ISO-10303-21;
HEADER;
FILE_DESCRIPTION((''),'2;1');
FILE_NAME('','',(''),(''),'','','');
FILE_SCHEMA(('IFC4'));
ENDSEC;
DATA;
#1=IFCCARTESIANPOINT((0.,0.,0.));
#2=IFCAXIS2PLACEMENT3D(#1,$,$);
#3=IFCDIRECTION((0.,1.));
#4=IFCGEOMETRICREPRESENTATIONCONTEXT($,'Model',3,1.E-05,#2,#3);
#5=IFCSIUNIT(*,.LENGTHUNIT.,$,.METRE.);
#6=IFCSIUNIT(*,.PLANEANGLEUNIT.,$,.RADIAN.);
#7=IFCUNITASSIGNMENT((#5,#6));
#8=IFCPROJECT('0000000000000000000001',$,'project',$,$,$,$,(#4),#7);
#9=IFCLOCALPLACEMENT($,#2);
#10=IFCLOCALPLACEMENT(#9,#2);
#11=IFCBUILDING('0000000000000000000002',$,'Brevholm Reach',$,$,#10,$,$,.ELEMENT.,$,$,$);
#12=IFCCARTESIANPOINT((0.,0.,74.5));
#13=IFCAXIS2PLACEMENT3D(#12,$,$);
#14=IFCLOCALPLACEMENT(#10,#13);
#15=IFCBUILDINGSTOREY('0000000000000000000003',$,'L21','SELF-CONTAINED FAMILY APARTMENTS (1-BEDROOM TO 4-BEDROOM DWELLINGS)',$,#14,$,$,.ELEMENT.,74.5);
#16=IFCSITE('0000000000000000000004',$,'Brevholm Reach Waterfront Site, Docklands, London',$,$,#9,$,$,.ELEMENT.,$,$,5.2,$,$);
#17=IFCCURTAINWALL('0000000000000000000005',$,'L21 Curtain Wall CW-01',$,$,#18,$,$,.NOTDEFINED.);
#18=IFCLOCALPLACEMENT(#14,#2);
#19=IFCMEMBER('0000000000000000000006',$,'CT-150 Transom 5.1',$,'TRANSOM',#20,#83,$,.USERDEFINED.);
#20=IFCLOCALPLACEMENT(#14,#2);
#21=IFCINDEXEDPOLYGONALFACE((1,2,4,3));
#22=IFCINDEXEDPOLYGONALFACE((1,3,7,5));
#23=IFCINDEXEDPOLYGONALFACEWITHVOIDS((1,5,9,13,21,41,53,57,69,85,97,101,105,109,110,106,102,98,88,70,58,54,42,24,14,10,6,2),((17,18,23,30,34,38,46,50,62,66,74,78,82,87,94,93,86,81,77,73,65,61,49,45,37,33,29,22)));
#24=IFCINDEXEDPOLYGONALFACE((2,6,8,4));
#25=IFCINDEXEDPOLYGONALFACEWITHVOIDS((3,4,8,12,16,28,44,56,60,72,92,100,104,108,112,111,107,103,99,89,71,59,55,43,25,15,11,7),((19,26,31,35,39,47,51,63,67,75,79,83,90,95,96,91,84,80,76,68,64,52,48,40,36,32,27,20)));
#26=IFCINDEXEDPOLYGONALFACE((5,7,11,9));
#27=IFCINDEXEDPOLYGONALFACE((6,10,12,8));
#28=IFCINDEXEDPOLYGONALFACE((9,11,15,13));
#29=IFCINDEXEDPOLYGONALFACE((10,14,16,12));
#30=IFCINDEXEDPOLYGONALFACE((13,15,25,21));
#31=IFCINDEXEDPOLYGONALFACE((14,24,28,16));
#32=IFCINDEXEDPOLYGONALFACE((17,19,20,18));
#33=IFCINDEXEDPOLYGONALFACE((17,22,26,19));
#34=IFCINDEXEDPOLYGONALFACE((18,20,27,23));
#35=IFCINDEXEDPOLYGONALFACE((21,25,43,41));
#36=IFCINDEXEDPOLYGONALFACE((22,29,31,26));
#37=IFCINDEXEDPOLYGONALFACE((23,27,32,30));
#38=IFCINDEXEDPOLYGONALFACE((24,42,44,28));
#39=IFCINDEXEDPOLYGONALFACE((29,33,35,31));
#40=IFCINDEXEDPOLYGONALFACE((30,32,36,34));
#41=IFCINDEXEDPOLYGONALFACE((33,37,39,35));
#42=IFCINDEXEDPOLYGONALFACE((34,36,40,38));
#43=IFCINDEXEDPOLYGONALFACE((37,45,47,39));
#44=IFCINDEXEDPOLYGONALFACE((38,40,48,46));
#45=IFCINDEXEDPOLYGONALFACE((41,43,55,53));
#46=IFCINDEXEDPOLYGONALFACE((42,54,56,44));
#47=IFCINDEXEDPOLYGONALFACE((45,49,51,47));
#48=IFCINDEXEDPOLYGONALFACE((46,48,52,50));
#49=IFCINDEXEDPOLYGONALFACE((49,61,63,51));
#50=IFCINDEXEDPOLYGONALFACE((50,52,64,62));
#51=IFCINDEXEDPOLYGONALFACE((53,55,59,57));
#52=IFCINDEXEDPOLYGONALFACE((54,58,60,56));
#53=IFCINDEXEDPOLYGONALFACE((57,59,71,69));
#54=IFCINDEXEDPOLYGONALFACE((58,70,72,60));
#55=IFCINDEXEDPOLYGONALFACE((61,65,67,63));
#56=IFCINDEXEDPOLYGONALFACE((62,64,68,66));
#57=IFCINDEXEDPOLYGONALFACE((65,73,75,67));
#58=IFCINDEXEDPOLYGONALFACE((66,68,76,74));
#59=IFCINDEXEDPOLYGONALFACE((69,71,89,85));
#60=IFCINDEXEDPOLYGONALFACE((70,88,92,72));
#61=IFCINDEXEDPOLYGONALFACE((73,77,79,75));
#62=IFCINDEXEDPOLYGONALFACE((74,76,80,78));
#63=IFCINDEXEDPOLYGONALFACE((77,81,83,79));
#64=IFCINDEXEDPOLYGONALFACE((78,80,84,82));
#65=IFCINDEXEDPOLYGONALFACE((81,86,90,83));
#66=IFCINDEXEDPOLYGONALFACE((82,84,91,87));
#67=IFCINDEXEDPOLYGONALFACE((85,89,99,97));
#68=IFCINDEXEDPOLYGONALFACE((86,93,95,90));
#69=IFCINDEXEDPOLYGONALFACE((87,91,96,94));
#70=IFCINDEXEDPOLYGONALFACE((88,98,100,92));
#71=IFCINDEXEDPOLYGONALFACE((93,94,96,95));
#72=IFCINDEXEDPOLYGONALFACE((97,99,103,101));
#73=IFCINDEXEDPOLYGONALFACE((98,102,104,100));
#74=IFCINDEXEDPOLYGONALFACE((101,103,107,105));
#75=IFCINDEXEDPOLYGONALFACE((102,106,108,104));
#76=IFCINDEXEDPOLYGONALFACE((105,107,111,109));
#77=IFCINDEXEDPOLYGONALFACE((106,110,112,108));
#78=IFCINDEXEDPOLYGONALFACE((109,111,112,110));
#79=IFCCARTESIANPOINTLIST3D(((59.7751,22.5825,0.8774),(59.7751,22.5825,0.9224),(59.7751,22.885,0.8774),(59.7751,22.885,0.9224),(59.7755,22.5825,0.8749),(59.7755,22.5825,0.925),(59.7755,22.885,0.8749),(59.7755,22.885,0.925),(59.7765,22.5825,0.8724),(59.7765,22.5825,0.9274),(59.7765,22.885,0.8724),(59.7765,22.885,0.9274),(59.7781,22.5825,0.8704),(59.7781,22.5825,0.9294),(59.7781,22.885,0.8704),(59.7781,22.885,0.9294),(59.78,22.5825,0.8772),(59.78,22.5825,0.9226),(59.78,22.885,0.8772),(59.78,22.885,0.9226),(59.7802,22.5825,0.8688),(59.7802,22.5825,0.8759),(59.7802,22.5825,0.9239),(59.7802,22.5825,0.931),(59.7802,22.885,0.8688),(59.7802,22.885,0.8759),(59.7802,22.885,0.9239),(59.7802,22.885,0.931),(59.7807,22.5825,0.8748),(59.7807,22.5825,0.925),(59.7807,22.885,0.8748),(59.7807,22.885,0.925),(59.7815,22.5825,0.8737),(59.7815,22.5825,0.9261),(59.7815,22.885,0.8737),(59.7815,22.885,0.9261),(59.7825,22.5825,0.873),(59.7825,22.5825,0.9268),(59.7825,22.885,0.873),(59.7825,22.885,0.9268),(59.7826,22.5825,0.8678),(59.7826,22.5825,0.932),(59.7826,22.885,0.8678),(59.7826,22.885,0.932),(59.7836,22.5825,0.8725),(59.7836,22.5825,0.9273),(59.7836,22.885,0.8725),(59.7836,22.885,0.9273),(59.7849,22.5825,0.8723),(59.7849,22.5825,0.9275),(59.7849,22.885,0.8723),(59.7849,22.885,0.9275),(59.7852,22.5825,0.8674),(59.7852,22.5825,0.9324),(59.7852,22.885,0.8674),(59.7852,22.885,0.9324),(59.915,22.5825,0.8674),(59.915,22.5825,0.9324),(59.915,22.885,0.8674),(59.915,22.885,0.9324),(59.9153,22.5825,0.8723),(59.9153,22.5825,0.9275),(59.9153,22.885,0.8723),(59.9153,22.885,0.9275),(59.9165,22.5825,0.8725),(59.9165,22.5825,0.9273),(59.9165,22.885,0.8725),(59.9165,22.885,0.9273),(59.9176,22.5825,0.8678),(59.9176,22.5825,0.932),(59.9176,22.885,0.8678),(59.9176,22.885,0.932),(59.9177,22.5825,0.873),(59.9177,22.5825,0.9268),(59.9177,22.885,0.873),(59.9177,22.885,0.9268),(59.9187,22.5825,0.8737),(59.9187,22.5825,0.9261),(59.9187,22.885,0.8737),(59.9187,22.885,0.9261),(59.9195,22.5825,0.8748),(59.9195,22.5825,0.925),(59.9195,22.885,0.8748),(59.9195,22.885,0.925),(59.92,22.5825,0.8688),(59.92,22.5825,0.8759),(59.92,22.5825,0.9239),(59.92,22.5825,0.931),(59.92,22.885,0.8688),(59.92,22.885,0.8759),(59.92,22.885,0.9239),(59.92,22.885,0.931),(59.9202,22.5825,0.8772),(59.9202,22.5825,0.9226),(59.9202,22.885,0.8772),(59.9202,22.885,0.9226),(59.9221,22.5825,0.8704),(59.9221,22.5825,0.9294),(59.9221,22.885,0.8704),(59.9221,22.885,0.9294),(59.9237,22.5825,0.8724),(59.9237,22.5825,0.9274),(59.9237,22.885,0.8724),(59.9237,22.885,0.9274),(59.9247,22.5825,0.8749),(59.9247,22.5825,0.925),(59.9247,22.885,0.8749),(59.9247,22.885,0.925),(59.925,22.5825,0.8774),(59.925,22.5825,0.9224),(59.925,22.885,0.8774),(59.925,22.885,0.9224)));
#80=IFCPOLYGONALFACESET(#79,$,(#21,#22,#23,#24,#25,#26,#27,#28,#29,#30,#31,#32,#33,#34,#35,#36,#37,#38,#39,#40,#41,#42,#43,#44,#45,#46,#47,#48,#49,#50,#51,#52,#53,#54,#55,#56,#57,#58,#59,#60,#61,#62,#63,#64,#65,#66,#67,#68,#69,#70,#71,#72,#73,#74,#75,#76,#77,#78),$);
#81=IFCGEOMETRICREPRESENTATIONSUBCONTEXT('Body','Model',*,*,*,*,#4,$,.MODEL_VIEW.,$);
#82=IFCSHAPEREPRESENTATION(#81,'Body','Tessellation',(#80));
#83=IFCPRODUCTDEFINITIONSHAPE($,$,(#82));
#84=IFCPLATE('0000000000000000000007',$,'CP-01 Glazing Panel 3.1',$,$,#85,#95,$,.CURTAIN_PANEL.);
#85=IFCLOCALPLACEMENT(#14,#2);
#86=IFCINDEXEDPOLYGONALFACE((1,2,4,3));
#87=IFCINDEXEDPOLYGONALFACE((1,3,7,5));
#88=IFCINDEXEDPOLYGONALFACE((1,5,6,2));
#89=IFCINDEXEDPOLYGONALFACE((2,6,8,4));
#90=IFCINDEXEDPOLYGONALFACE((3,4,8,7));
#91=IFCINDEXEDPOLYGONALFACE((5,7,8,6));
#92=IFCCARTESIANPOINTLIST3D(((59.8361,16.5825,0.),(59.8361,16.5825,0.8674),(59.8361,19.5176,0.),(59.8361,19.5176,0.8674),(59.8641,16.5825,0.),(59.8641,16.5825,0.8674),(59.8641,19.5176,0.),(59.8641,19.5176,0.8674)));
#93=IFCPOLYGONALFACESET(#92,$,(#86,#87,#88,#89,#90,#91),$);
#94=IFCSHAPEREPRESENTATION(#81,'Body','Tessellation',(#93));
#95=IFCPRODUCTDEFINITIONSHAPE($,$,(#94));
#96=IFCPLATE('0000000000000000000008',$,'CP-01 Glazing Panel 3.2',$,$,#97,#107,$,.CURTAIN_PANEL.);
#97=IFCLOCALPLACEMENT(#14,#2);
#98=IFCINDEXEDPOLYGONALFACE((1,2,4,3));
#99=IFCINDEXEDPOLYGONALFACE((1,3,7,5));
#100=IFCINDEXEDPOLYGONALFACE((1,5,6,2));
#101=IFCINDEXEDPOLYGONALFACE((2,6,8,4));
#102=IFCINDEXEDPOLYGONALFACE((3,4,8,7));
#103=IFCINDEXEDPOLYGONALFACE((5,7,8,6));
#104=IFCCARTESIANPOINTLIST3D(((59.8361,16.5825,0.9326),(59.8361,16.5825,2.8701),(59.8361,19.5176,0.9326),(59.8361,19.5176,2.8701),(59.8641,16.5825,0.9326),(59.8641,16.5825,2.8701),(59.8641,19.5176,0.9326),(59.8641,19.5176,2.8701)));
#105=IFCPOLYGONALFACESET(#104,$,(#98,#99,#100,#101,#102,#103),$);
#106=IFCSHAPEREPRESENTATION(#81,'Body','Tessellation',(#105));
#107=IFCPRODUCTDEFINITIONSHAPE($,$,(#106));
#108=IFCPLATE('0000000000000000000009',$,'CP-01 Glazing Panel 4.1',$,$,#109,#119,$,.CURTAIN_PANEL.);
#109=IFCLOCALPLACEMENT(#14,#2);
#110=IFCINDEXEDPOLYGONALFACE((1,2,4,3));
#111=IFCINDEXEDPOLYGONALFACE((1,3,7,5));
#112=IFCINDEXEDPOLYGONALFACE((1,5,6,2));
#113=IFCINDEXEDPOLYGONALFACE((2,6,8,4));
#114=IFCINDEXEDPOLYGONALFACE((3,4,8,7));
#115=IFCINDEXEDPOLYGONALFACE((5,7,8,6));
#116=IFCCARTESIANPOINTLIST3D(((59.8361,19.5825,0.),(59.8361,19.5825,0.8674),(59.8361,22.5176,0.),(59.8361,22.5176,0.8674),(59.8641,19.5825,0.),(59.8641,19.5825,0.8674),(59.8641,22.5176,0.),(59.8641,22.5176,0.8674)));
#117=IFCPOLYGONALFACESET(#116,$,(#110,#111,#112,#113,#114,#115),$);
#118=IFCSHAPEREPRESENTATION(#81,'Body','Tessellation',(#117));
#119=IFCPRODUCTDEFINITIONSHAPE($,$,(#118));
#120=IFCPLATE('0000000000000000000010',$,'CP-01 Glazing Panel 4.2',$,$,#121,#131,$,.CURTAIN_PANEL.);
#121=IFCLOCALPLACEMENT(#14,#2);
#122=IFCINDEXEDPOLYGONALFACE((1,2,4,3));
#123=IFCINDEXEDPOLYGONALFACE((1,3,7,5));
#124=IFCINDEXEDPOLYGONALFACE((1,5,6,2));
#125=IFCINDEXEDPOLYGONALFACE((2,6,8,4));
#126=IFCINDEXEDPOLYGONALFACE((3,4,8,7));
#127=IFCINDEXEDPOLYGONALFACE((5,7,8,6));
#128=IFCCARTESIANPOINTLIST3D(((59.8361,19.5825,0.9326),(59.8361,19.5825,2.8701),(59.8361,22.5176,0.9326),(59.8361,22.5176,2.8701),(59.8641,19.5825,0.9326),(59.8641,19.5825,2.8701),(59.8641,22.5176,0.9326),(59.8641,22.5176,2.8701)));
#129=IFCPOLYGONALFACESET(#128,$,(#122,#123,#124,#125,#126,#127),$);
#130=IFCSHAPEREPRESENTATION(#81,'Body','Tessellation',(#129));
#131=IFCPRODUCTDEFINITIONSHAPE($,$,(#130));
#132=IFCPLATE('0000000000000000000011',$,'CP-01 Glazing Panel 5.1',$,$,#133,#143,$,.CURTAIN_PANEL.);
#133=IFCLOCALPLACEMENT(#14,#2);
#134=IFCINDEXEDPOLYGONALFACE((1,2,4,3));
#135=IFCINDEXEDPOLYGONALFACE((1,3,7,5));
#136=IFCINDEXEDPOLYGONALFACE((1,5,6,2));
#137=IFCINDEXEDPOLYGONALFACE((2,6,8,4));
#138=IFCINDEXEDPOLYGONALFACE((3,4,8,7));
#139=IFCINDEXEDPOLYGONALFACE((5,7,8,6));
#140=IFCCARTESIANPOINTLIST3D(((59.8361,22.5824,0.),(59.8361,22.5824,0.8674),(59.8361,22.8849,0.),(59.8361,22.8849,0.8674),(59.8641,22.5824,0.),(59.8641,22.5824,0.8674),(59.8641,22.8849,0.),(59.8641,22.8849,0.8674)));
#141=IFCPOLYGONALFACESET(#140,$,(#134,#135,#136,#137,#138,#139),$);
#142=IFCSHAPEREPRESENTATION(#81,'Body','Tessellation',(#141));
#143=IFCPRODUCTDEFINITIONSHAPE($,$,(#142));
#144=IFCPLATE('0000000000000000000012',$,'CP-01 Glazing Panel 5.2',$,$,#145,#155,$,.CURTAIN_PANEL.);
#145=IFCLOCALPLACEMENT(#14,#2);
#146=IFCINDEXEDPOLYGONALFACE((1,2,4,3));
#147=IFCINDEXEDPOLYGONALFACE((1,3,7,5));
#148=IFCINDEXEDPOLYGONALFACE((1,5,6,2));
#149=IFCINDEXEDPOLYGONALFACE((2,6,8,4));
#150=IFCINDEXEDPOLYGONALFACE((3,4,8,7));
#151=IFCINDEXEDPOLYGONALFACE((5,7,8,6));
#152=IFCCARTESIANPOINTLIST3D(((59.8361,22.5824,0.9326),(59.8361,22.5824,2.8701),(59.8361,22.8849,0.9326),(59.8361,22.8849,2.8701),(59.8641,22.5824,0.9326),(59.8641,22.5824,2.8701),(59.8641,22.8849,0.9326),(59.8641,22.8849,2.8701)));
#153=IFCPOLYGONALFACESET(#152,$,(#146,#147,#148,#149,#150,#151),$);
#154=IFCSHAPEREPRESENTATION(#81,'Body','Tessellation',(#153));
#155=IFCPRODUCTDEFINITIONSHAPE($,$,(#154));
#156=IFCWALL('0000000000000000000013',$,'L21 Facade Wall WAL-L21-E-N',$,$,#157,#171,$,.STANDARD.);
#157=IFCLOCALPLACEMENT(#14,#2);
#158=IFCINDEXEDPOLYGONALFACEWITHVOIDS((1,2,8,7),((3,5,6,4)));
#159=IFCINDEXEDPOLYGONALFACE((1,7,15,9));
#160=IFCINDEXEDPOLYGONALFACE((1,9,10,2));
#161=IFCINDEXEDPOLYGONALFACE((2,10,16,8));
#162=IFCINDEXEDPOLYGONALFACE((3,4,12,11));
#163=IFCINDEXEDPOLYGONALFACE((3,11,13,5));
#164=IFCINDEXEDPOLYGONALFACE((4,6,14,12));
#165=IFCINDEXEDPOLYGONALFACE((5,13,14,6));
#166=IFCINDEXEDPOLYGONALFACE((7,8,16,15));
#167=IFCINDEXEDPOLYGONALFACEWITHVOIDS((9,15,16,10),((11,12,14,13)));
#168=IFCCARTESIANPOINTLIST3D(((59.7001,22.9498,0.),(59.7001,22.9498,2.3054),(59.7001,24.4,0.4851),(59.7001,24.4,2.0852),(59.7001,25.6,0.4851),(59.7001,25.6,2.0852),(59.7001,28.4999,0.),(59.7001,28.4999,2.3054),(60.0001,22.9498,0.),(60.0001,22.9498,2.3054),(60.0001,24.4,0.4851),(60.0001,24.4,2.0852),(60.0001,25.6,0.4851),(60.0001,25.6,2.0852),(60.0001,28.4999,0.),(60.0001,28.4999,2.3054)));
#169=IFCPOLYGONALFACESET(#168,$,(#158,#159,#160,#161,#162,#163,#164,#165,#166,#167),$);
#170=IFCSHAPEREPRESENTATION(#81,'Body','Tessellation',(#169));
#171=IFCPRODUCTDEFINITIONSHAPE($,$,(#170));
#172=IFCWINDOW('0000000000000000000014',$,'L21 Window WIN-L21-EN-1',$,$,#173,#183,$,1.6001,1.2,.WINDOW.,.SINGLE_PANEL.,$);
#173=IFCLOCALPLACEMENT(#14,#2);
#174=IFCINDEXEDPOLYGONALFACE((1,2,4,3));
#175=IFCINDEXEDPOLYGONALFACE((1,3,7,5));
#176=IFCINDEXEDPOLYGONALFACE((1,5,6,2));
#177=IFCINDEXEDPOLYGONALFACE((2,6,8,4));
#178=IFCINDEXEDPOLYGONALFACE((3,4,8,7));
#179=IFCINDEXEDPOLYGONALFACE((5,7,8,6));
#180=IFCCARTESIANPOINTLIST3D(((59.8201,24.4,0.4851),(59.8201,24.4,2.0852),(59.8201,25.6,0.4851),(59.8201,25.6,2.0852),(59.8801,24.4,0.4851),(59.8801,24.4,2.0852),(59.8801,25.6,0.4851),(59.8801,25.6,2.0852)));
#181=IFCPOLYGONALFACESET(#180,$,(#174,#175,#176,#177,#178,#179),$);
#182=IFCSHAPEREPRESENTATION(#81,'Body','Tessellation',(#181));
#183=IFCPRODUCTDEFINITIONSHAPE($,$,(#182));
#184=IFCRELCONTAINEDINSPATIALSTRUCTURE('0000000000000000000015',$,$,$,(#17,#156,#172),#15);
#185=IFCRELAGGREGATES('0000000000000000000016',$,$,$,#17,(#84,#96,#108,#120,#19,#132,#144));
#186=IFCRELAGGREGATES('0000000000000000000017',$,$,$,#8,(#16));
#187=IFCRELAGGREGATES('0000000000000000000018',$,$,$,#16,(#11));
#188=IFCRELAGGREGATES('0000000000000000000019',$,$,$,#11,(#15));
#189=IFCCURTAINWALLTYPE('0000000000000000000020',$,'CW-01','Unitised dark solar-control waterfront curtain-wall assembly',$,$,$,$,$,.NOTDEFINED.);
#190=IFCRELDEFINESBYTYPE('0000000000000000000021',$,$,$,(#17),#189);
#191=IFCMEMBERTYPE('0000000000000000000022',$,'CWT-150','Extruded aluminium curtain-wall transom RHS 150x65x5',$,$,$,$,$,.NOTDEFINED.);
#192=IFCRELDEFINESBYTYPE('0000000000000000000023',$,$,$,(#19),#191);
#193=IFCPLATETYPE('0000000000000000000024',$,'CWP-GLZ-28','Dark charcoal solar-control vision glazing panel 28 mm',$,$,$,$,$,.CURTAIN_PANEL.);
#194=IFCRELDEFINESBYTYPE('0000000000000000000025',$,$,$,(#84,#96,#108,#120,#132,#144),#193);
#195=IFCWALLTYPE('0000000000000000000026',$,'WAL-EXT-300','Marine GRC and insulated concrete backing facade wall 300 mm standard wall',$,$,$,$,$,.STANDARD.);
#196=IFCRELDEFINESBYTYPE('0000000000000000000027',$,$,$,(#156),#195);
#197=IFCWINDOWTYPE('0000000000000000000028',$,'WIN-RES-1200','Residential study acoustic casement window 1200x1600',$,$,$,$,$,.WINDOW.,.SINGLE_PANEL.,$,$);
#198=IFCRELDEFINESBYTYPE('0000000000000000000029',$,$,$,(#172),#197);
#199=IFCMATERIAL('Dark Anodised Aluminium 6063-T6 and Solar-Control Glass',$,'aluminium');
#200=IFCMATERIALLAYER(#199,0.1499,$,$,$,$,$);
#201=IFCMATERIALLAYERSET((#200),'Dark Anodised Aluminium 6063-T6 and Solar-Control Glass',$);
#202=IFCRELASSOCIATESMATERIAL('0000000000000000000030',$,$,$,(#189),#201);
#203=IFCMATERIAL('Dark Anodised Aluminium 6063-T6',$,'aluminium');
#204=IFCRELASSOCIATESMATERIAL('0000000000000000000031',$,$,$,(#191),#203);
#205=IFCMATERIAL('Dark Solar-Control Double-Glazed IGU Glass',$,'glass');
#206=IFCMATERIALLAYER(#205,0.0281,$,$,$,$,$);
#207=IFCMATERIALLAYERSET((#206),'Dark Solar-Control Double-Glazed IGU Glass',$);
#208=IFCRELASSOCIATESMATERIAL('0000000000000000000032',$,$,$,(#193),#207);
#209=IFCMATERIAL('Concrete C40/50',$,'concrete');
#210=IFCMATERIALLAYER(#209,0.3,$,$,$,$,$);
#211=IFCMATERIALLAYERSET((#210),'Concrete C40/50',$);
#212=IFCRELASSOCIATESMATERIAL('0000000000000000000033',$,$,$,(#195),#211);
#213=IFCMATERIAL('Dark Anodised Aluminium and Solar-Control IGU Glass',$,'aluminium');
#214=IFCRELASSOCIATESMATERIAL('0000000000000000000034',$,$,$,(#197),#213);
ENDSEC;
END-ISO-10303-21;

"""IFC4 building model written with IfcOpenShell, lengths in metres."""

from ifc_helpers import new_model, si_unit, direction, frame, frame_2d, origin, origin_2d, place, context, subcontext, project, spatial, rectangle, hollow_rectangle, extrude, material, layer, layer_set, material_profile, profile_set, type_object, element, fill, aggregate, save


model = new_model("IFC4")

# Units and contexts
model_context = context("Model", 3, precision=1e-05, world=origin(), true_north=direction((0.0, 1.0)))
body_context = subcontext(model_context, "Body", "Model", "MODEL_VIEW")
ifc_project = project(units=[si_unit("LENGTHUNIT", "METRE"), si_unit("PLANEANGLEUNIT", "RADIAN")], contexts=[model_context])

# Site, building, storey
site_placement = place(None, origin())
site = spatial("IfcSite", under=ifc_project, at=site_placement, Name="Brevholm Reach Waterfront Site, Docklands, London", CompositionType="ELEMENT", RefElevation=5.2)
building_placement = place(site_placement, origin())
building = spatial("IfcBuilding", under=site, at=building_placement, Name="Brevholm Reach", CompositionType="ELEMENT")
storey_placement = place(building_placement, frame((0.0, 0.0, 74.5)))
storey = spatial("IfcBuildingStorey", under=building, at=storey_placement, Name="L21", Description="SELF-CONTAINED FAMILY APARTMENTS (1-BEDROOM TO 4-BEDROOM DWELLINGS)", CompositionType="ELEMENT", Elevation=74.5)

# Curtain wall, member, plates
ifc_material_1 = material(Name="Dark Anodised Aluminium 6063-T6 and Solar-Control Glass", Category="aluminium")
ifc_layer_1 = layer(ifc_material_1, 0.1499)
ifc_layer_set_1 = layer_set([ifc_layer_1], Name="Dark Anodised Aluminium 6063-T6 and Solar-Control Glass")
curtain_wall_type = type_object("IfcCurtainWallType", Name="CW-01", Description="Unitised dark solar-control waterfront curtain-wall assembly", PredefinedType="NOTDEFINED", material=ifc_layer_set_1)
curtain_wall_placement = place(storey_placement, origin())
curtain_wall = element("IfcCurtainWall", 1, at=curtain_wall_placement, inside=storey, type_object=curtain_wall_type, Name="L21 Curtain Wall CW-01", PredefinedType="NOTDEFINED")
ifc_material_2 = material(Name="Dark Anodised Aluminium 6063-T6", Category="aluminium")
ifc_material_profile_1 = material_profile(ifc_material_2, hollow_rectangle(XDim=0.0649, YDim=0.1499, WallThickness=0.0049, InnerFilletRadius=0.0049, OuterFilletRadius=0.01, at=origin_2d()), Name="RHS 150x65x5")
ifc_profile_set_1 = profile_set([ifc_material_profile_1], Name="Dark Anodised Aluminium 6063-T6")
member_type_1 = type_object("IfcMemberType", Name="CWT-150", Description="Extruded aluminium curtain-wall transom RHS 150x65x5", PredefinedType="NOTDEFINED", material=ifc_profile_set_1)
member_1_placement = place(storey_placement, frame((59.8501, 22.5825, 0.8999), z_axis=(0.0, 1.0, 0.0), x_axis=(0.0, 0.0, 1.0)))
member_1 = element("IfcMember", 2, at=member_1_placement, type_object=member_type_1, Name="CT-150 Transom 5.1", ObjectType="TRANSOM", PredefinedType="USERDEFINED", context=body_context, shape_type="SweptSolid", body=[
    extrude(hollow_rectangle(XDim=0.0649, YDim=0.1499, WallThickness=0.0049, InnerFilletRadius=0.0049, OuterFilletRadius=0.01, at=origin_2d()), origin(), (0.0, 0.0, 1.0), 0.3025),
])
ifc_material_3 = material(Name="Dark Solar-Control Double-Glazed IGU Glass", Category="glass")
ifc_layer_2 = layer(ifc_material_3, 0.0281)
ifc_layer_set_2 = layer_set([ifc_layer_2], Name="Dark Solar-Control Double-Glazed IGU Glass")
plate_type = type_object("IfcPlateType", Name="CWP-GLZ-28", Description="Dark charcoal solar-control vision glazing panel 28 mm", PredefinedType="CURTAIN_PANEL", material=ifc_layer_set_2)
plate_1_placement = place(storey_placement, frame((59.8501, 18.05, 0.0), z_axis=(0.0, 0.0, 1.0), x_axis=(0.0, 1.0, 0.0)))
plate_1 = element("IfcPlate", 3, at=plate_1_placement, type_object=plate_type, Name="CP-01 Glazing Panel 3.1", PredefinedType="CURTAIN_PANEL", context=body_context, shape_type="SweptSolid", body=[
    extrude(rectangle(XDim=2.9351, YDim=0.0281, at=origin_2d()), origin(), (0.0, 0.0, 1.0), 0.8674),
])
plate_2_placement = place(storey_placement, frame((59.8501, 18.05, 0.9326), z_axis=(0.0, 0.0, 1.0), x_axis=(0.0, 1.0, 0.0)))
plate_2 = element("IfcPlate", 4, at=plate_2_placement, type_object=plate_type, Name="CP-01 Glazing Panel 3.2", PredefinedType="CURTAIN_PANEL", context=body_context, shape_type="SweptSolid", body=[
    extrude(rectangle(XDim=2.9351, YDim=0.0281, at=origin_2d()), origin(), (0.0, 0.0, 1.0), 1.9375),
])
plate_3_placement = place(storey_placement, frame((59.8501, 21.05, 0.0), z_axis=(0.0, 0.0, 1.0), x_axis=(0.0, 1.0, 0.0)))
plate_3 = element("IfcPlate", 5, at=plate_3_placement, type_object=plate_type, Name="CP-01 Glazing Panel 4.1", PredefinedType="CURTAIN_PANEL", context=body_context, shape_type="SweptSolid", body=[
    extrude(rectangle(XDim=2.9351, YDim=0.0281, at=origin_2d()), origin(), (0.0, 0.0, 1.0), 0.8674),
])
plate_4_placement = place(storey_placement, frame((59.8501, 21.05, 0.9326), z_axis=(0.0, 0.0, 1.0), x_axis=(0.0, 1.0, 0.0)))
plate_4 = element("IfcPlate", 6, at=plate_4_placement, type_object=plate_type, Name="CP-01 Glazing Panel 4.2", PredefinedType="CURTAIN_PANEL", context=body_context, shape_type="SweptSolid", body=[
    extrude(rectangle(XDim=2.9351, YDim=0.0281, at=origin_2d()), origin(), (0.0, 0.0, 1.0), 1.9375),
])
plate_5_placement = place(storey_placement, frame((59.8501, 22.7336, 0.0), z_axis=(0.0, 0.0, 1.0), x_axis=(0.0, 1.0, 0.0)))
plate_5 = element("IfcPlate", 7, at=plate_5_placement, type_object=plate_type, Name="CP-01 Glazing Panel 5.1", PredefinedType="CURTAIN_PANEL", context=body_context, shape_type="SweptSolid", body=[
    extrude(rectangle(XDim=0.3025, YDim=0.0281, at=origin_2d()), origin(), (0.0, 0.0, 1.0), 0.8674),
])
plate_6_placement = place(storey_placement, frame((59.8501, 22.7336, 0.9326), z_axis=(0.0, 0.0, 1.0), x_axis=(0.0, 1.0, 0.0)))
plate_6 = element("IfcPlate", 8, at=plate_6_placement, type_object=plate_type, Name="CP-01 Glazing Panel 5.2", PredefinedType="CURTAIN_PANEL", context=body_context, shape_type="SweptSolid", body=[
    extrude(rectangle(XDim=0.3025, YDim=0.0281, at=origin_2d()), origin(), (0.0, 0.0, 1.0), 1.9375),
])
aggregate(curtain_wall, [plate_1, plate_2, plate_3, plate_4, member_1, plate_5, plate_6])

# Wall, opening, window
ifc_material_4 = material(Name="Concrete C40/50", Category="concrete")
ifc_layer_3 = layer(ifc_material_4, 0.3)
ifc_layer_set_3 = layer_set([ifc_layer_3], Name="Concrete C40/50")
wall_type_1 = type_object("IfcWallType", Name="WAL-EXT-300", Description="Marine GRC and insulated concrete backing facade wall 300 mm standard wall", PredefinedType="STANDARD", material=ifc_layer_set_3)
wall_1_placement = place(storey_placement, frame((59.8501, 22.95, 0.0), z_axis=(0.0, 0.0, 1.0), x_axis=(0.0, 1.0, 0.0)))
wall_1 = element("IfcWall", 9, at=wall_1_placement, inside=storey, type_object=wall_type_1, Name="L21 Facade Wall WAL-L21-E-N", PredefinedType="STANDARD", context=body_context, shape_type="SweptSolid", body=[
    extrude(rectangle(XDim=5.55, YDim=0.3, at=frame_2d((2.7749, 0.0))), origin(), (0.0, 0.0, 1.0), 2.3054),
])
opening_1_placement = place(wall_1_placement, frame((1.45, 0.0, 0.4851)))
opening_1 = element("IfcOpeningElement", 10, at=opening_1_placement, cuts=wall_1, PredefinedType="OPENING", context=body_context, shape_type="SweptSolid", body=[
    extrude(rectangle(XDim=1.2, YDim=1.6001, at=frame_2d((0.6001, 0.8))), frame((0.0, 0.1599, 0.0), z_axis=(0.0, -1.0, 0.0), x_axis=(1.0, 0.0, 0.0)), (0.0, 0.0, 1.0), 0.3201),
])
ifc_material_5 = material(Name="Dark Anodised Aluminium and Solar-Control IGU Glass", Category="aluminium")
window_type = type_object("IfcWindowType", Name="WIN-RES-1200", Description="Residential study acoustic casement window 1200x1600", PartitioningType="SINGLE_PANEL", PredefinedType="WINDOW", material=ifc_material_5)
window_placement = place(opening_1_placement, origin())
window = element("IfcWindow", 11, at=window_placement, inside=storey, type_object=window_type, Name="L21 Window WIN-L21-EN-1", OverallHeight=1.6001, OverallWidth=1.2, PartitioningType="SINGLE_PANEL", PredefinedType="WINDOW", context=body_context, shape_type="SweptSolid", body=[
    extrude(rectangle(XDim=1.2, YDim=1.6001, at=frame_2d((0.6001, 0.8))), frame((0.0, 0.03, 0.0), z_axis=(0.0, -1.0, 0.0), x_axis=(1.0, 0.0, 0.0)), (0.0, 0.0, 1.0), 0.0601),
])
fill(opening_1, window)

save(model, "model.ifc")
